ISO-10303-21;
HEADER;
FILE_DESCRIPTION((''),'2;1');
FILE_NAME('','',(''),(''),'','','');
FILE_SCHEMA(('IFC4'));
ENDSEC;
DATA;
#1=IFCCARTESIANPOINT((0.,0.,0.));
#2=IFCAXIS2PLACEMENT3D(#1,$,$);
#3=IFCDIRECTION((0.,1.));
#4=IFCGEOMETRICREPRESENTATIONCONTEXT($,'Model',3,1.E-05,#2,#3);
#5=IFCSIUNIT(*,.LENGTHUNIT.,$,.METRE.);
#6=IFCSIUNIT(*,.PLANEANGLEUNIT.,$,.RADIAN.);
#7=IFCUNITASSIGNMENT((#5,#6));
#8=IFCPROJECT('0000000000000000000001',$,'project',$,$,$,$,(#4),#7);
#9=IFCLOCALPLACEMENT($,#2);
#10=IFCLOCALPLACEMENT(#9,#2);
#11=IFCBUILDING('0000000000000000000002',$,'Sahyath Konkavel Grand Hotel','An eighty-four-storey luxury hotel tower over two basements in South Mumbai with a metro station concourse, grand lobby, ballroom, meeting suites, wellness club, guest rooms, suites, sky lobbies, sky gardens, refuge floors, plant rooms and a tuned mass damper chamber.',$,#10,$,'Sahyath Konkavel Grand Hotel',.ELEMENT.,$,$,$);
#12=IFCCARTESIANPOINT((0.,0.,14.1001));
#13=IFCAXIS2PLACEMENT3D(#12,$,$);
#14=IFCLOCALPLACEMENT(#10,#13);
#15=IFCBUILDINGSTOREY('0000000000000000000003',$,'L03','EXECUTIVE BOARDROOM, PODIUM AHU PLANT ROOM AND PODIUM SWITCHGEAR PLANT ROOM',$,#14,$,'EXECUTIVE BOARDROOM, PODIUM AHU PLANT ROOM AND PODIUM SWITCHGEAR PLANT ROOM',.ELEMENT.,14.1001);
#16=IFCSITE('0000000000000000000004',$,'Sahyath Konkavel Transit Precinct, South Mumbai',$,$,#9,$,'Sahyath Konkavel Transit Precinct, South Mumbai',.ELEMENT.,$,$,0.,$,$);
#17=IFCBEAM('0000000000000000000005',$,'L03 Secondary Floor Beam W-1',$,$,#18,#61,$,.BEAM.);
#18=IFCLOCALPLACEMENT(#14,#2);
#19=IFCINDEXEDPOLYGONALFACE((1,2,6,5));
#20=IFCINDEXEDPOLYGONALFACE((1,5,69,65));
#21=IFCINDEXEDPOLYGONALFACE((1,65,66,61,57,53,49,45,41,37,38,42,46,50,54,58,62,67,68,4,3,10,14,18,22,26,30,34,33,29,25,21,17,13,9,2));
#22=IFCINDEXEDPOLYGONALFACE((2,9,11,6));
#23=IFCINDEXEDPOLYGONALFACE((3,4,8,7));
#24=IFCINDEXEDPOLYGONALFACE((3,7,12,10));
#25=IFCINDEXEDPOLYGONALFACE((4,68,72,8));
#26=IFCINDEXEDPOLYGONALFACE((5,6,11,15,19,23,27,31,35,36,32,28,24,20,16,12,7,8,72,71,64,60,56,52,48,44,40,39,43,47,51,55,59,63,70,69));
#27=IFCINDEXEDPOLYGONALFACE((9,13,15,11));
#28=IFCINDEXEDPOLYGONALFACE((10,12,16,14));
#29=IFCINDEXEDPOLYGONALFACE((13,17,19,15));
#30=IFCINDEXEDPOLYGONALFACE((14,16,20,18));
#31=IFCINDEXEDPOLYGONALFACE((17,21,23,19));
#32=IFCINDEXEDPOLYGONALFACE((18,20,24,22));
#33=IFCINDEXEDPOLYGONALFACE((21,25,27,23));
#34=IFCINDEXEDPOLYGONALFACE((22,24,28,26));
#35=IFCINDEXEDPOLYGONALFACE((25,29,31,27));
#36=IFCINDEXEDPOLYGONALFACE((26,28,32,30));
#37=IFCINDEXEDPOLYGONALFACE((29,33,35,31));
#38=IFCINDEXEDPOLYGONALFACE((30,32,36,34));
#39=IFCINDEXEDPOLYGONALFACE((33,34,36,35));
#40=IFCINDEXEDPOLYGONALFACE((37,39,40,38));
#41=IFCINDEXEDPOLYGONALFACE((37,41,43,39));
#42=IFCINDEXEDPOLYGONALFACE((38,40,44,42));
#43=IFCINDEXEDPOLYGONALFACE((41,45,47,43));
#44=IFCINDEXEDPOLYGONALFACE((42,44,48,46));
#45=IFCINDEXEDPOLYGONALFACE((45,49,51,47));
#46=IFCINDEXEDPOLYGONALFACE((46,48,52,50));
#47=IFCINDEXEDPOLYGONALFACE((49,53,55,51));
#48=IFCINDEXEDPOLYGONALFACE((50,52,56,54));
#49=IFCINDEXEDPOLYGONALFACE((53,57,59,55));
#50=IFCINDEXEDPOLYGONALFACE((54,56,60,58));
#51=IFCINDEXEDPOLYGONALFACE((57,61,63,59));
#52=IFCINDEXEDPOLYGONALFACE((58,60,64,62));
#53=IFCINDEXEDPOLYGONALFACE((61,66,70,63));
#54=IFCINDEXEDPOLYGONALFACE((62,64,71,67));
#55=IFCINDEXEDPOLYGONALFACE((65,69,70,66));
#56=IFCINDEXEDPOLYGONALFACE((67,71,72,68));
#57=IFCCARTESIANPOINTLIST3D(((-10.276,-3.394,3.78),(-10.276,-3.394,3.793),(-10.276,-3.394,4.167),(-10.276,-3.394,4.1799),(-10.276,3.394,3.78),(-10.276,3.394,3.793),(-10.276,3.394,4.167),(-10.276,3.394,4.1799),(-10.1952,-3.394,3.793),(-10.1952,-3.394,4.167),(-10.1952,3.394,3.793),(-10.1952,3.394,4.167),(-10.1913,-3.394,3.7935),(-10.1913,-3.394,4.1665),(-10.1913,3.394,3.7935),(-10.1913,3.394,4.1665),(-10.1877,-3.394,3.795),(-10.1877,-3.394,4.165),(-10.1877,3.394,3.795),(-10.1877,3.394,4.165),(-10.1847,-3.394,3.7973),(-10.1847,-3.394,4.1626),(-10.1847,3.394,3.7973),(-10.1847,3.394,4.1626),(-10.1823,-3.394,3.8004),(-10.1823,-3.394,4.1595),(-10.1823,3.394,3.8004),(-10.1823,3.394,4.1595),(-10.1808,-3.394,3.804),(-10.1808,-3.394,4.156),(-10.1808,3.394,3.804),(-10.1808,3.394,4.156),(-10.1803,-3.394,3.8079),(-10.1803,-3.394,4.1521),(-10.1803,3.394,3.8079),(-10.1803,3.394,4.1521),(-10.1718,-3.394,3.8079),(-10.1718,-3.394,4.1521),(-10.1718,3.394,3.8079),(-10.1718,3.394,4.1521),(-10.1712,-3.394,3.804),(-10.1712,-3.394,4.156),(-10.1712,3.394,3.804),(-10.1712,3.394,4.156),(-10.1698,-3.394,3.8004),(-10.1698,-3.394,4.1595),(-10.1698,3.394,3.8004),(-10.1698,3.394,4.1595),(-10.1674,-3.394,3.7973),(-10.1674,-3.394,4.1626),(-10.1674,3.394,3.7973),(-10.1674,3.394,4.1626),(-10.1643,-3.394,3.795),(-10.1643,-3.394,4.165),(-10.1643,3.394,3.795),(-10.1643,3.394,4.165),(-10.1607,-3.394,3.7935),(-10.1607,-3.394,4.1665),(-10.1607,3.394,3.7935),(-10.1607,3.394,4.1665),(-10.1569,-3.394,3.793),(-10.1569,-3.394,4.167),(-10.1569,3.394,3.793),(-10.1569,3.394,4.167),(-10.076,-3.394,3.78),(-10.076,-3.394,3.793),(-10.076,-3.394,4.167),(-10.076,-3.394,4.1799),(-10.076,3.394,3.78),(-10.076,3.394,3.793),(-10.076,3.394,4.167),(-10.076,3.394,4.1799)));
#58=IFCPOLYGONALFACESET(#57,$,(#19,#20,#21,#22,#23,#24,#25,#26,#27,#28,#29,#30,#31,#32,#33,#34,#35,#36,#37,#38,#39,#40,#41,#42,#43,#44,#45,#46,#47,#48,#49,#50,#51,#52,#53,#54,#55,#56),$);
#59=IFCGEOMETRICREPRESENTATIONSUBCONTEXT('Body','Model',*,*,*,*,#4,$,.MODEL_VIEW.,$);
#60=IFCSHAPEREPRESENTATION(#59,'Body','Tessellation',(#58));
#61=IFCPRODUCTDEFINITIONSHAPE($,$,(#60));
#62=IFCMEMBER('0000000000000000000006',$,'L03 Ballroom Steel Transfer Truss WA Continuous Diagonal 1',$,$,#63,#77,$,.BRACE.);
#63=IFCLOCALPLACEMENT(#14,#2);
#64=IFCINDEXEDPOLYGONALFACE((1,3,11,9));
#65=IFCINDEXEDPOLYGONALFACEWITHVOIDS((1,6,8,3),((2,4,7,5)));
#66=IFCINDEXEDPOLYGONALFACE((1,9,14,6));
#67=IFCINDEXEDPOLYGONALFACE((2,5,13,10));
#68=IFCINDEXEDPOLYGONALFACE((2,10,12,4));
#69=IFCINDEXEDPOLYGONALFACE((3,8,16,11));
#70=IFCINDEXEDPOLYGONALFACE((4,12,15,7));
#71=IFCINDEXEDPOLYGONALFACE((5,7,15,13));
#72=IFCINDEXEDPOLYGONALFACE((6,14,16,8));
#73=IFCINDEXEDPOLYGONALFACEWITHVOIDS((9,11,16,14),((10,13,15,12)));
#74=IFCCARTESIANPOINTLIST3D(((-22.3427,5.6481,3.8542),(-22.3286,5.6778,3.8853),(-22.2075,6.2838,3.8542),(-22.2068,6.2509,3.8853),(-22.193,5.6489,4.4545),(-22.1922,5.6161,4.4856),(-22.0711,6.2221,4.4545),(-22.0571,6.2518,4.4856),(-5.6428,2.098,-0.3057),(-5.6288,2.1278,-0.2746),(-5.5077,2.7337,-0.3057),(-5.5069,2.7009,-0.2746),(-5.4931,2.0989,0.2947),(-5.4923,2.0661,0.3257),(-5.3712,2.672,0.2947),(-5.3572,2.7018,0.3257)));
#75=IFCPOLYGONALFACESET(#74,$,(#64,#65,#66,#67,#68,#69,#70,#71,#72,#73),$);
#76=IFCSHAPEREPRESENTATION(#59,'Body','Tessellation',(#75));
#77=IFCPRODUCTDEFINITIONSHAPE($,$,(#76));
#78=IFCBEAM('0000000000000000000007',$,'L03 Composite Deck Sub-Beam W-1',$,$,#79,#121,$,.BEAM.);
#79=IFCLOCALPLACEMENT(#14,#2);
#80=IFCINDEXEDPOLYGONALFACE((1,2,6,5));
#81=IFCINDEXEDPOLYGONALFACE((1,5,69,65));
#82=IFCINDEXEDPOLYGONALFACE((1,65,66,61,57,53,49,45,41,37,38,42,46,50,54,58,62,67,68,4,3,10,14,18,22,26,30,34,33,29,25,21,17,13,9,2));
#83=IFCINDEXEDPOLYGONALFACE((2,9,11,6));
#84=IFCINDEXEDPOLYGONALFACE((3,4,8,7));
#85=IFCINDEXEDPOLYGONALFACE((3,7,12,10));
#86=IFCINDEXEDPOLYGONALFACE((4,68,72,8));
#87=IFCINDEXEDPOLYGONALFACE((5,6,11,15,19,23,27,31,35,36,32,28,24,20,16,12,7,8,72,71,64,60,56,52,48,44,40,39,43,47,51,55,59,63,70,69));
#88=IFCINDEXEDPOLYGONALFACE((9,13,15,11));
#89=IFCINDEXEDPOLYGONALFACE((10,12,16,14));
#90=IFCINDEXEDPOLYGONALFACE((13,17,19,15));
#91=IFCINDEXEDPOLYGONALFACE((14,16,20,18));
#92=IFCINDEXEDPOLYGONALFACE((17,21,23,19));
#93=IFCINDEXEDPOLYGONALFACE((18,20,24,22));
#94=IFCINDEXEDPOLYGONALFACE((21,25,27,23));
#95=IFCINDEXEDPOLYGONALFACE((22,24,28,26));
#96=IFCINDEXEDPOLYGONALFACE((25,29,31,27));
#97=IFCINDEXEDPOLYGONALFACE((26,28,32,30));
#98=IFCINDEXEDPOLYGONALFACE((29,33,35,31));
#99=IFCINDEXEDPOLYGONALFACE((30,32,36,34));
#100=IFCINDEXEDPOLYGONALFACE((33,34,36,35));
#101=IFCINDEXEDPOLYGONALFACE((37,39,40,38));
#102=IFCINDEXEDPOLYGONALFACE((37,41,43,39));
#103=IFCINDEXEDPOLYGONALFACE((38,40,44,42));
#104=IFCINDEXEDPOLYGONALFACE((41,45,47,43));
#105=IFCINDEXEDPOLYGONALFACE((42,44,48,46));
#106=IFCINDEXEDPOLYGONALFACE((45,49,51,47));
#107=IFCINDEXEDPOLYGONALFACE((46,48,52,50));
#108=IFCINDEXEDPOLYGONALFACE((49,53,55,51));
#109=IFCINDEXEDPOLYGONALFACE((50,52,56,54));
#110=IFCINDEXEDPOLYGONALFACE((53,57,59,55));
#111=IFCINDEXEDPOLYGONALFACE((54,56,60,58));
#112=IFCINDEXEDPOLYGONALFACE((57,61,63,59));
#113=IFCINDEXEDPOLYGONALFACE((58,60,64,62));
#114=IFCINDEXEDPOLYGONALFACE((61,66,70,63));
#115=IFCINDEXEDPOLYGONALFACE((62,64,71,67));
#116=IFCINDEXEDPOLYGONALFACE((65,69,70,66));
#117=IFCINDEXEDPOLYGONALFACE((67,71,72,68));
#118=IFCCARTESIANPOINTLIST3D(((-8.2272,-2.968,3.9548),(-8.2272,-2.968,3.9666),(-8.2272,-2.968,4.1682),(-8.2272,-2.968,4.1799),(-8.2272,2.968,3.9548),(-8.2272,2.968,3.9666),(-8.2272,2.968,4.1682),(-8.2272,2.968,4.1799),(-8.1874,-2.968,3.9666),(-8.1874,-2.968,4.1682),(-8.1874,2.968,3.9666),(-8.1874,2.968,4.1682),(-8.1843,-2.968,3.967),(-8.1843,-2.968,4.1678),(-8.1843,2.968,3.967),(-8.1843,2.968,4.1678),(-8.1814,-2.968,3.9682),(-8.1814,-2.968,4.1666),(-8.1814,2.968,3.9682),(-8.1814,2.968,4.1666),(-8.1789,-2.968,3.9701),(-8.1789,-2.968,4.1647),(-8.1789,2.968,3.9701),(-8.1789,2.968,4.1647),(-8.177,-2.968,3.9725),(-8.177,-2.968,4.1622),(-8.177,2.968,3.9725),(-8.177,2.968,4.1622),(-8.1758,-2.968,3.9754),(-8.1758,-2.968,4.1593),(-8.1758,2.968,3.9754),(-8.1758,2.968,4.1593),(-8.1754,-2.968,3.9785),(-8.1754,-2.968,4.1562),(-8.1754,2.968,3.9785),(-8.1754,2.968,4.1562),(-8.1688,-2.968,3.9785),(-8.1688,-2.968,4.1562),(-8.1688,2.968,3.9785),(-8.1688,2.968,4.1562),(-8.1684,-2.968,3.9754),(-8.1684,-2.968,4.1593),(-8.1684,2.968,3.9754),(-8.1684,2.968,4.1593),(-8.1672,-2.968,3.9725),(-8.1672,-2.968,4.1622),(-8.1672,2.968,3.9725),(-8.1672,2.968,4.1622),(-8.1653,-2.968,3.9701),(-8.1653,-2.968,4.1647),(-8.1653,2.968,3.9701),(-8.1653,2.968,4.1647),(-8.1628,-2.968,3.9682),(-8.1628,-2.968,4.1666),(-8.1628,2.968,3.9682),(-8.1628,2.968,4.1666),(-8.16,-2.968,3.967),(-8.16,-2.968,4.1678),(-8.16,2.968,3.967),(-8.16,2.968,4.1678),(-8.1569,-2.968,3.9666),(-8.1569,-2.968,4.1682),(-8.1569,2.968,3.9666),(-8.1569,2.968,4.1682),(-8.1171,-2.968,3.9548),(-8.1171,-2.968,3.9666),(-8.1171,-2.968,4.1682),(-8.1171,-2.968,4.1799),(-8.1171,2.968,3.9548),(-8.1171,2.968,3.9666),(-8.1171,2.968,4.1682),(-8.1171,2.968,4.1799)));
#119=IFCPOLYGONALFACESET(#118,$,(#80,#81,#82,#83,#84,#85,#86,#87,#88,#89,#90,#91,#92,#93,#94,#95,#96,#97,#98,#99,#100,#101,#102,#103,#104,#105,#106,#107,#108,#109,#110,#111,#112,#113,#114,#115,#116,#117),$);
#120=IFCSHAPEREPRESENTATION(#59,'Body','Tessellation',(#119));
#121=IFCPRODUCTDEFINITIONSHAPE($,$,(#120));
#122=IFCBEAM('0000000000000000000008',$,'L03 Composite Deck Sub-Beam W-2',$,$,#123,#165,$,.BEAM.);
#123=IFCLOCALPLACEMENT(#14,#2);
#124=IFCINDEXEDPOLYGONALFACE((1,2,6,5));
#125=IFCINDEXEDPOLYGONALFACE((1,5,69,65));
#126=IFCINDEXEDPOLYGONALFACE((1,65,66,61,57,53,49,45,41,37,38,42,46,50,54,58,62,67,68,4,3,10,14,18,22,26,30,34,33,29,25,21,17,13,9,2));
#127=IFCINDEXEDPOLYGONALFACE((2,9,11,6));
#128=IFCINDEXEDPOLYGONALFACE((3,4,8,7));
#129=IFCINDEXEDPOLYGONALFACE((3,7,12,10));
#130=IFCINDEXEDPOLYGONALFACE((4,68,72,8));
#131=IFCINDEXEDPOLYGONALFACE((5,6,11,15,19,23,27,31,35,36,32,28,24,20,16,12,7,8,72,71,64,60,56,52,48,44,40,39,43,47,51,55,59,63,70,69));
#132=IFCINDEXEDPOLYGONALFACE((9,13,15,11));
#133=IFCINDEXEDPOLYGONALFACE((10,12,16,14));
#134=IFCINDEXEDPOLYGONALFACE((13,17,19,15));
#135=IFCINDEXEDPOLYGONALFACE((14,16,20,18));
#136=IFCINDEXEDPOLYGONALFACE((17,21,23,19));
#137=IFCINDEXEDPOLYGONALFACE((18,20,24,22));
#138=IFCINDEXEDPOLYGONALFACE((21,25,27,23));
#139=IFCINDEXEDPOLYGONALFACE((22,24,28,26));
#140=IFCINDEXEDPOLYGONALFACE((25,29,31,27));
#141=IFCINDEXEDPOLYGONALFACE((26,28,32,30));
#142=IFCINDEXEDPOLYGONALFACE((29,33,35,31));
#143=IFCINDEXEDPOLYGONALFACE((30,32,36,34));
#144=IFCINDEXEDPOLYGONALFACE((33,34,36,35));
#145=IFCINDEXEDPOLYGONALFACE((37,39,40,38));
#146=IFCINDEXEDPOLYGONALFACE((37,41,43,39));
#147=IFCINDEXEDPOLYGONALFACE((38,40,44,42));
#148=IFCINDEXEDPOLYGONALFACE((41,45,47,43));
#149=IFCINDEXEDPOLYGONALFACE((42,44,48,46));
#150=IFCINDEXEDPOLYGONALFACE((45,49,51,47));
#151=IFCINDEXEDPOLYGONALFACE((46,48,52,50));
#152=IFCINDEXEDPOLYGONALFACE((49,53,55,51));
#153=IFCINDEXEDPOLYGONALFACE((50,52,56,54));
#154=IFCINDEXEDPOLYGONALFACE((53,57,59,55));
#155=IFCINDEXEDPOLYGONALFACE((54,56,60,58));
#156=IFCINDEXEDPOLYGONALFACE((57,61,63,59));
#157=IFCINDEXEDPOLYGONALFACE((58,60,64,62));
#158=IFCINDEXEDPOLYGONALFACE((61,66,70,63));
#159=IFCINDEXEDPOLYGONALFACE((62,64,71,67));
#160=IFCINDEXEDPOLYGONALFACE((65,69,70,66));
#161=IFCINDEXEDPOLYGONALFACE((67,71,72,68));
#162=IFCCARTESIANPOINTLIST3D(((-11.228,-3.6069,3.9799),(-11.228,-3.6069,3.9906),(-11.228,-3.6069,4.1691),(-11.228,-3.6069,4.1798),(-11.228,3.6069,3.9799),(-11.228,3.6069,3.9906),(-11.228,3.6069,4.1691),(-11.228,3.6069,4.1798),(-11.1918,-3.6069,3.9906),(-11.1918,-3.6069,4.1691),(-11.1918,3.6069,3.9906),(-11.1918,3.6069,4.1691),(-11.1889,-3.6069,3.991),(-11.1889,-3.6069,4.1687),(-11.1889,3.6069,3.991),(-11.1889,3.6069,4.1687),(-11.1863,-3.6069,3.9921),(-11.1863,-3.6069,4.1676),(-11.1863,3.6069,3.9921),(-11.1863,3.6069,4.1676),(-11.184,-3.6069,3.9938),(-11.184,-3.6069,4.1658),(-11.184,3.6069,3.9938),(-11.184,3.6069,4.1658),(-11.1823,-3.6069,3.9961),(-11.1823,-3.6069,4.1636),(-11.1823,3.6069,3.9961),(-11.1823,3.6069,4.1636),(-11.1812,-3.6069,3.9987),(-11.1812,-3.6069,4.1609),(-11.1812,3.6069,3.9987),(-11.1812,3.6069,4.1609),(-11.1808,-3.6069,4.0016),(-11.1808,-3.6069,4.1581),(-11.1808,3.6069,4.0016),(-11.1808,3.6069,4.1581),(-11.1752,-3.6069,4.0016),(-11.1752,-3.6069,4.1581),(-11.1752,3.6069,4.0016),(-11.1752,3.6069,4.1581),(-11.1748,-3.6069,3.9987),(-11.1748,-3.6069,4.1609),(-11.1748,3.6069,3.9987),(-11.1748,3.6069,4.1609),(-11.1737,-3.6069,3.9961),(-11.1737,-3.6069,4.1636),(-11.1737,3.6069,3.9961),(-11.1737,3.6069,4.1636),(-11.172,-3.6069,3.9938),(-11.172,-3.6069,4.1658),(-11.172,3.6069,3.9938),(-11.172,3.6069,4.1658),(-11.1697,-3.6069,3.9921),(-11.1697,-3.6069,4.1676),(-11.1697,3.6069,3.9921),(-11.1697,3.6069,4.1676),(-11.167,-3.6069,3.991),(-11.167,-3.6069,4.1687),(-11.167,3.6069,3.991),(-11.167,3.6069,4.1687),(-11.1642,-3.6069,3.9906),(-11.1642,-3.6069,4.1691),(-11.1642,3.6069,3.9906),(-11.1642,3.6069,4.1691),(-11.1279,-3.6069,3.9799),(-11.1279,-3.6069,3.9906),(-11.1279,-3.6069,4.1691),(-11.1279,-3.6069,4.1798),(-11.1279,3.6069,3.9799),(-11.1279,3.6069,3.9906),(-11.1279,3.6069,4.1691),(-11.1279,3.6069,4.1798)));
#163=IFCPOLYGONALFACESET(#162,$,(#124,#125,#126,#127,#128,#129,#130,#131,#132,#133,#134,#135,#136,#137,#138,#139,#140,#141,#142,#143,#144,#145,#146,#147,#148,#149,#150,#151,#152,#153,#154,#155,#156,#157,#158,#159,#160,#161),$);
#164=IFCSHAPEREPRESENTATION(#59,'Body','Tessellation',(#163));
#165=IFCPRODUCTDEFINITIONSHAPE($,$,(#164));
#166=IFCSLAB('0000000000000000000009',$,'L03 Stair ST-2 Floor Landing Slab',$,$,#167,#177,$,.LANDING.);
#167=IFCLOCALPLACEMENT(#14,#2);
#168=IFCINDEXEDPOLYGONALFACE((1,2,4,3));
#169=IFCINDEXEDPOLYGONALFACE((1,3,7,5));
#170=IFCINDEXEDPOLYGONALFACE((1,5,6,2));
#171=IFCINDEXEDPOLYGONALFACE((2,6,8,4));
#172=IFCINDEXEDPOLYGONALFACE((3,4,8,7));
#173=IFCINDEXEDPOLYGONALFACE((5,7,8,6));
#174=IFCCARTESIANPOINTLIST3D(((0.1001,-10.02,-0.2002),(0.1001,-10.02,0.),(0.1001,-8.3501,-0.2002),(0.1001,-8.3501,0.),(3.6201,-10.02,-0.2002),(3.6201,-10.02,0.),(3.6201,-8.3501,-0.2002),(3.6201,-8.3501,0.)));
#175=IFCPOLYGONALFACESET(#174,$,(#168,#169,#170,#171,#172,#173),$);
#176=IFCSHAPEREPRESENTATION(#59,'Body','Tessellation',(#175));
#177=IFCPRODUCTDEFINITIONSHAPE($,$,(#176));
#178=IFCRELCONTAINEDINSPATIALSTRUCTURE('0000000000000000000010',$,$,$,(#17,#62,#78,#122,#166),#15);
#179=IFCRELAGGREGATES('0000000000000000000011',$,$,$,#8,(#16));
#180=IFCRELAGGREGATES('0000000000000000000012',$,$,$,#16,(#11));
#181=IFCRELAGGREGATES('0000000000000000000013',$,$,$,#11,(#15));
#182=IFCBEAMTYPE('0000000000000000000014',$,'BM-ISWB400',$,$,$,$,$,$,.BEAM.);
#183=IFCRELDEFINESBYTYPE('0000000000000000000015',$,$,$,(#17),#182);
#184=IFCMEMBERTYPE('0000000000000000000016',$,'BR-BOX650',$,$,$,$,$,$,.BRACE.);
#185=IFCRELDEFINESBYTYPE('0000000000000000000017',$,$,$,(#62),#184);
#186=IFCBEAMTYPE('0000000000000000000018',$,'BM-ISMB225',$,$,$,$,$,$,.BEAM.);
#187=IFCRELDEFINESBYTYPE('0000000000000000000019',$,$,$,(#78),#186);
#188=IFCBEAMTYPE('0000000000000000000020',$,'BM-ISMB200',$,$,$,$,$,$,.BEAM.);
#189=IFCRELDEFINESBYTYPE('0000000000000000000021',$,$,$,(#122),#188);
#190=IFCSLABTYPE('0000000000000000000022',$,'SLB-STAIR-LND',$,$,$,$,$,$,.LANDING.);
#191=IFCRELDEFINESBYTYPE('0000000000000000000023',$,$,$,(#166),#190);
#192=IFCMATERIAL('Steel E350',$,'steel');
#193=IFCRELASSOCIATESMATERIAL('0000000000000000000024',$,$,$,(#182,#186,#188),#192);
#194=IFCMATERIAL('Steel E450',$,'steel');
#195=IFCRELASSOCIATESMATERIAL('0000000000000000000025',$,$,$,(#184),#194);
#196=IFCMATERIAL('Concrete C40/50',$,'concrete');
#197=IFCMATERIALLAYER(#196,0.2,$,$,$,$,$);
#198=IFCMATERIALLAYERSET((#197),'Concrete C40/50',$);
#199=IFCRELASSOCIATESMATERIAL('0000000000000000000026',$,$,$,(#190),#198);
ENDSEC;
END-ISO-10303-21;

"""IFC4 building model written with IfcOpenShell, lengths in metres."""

from ifc_helpers import new_model, si_unit, direction, frame, origin, origin_2d, place, context, subcontext, project, spatial, polyline, hollow_rectangle, i_section, outline, extrude, source, transform, mapped, material, layer, layer_set, material_profile, profile_set, type_object, element, save


model = new_model("IFC4")

# Units and contexts
model_context = context("Model", 3, precision=1e-05, world=origin(), true_north=direction((0.0, 1.0)))
body_context = subcontext(model_context, "Body", "Model", "MODEL_VIEW")
ifc_project = project(units=[si_unit("LENGTHUNIT", "METRE"), si_unit("PLANEANGLEUNIT", "RADIAN")], contexts=[model_context])

# Site, building, storey
site_placement = place(None, origin())
site = spatial("IfcSite", under=ifc_project, at=site_placement, Name="Sahyath Konkavel Transit Precinct, South Mumbai", LongName="Sahyath Konkavel Transit Precinct, South Mumbai", CompositionType="ELEMENT", RefElevation=0.0)
building_placement = place(site_placement, origin())
building = spatial("IfcBuilding", under=site, at=building_placement, Name="Sahyath Konkavel Grand Hotel", Description="An eighty-four-storey luxury hotel tower over two basements in South Mumbai with a metro station concourse, grand lobby, ballroom, meeting suites, wellness club, guest rooms, suites, sky lobbies, sky gardens, refuge floors, plant rooms and a tuned mass damper chamber.", LongName="Sahyath Konkavel Grand Hotel", CompositionType="ELEMENT")
storey_placement = place(building_placement, frame((0.0, 0.0, 14.1001)))
storey = spatial("IfcBuildingStorey", under=building, at=storey_placement, Name="L03", Description="EXECUTIVE BOARDROOM, PODIUM AHU PLANT ROOM AND PODIUM SWITCHGEAR PLANT ROOM", LongName="EXECUTIVE BOARDROOM, PODIUM AHU PLANT ROOM AND PODIUM SWITCHGEAR PLANT ROOM", CompositionType="ELEMENT", Elevation=14.1001)

# Beam
ifc_material_1 = material(Name="Steel E350", Category="steel")
ifc_material_2 = material(Name="Steel E450", Category="steel")
ifc_material_profile_1 = material_profile(ifc_material_1, i_section(OverallWidth=0.2, OverallDepth=0.3999, WebThickness=0.0085, FlangeThickness=0.0129, FilletRadius=0.0149, at=origin_2d()), Name="ISWB 400")
ifc_profile_set_1 = profile_set([ifc_material_profile_1], Name="Steel E350")
beam_type_1 = type_object("IfcBeamType", Name="BM-ISWB400", PredefinedType="BEAM", material=ifc_profile_set_1)
shared_shape_1 = source(origin(), body_context, "Body", "SweptSolid", [
    extrude(i_section(OverallWidth=0.2, OverallDepth=0.3999, WebThickness=0.0085, FlangeThickness=0.0129, FilletRadius=0.0149, at=origin_2d()), origin(), (0.0, 0.0, 1.0), 6.7881),
])
beam_1_placement = place(storey_placement, frame((-10.176, 3.394, 3.98), z_axis=(0.0, -1.0, 0.0), x_axis=(1.0, 0.0, 0.0)))
element("IfcBeam", 1, at=beam_1_placement, inside=storey, type_object=beam_type_1, Name="L03 Secondary Floor Beam W-1", PredefinedType="BEAM", context=body_context, shape_type="MappedRepresentation", body=[
    mapped(shared_shape_1, transform((0.0, 0.0, 0.0), scale=1.0)),
])

# Member
ifc_material_profile_2 = material_profile(ifc_material_2, hollow_rectangle(XDim=0.6499, YDim=0.6499, WallThickness=0.032, at=origin_2d()), Name="BOX 650x650x32")
ifc_profile_set_2 = profile_set([ifc_material_profile_2], Name="Steel E450")
member_type = type_object("IfcMemberType", Name="BR-BOX650", PredefinedType="BRACE", material=ifc_profile_set_2)
shared_shape_2 = source(origin(), body_context, "Body", "SweptSolid", [
    extrude(hollow_rectangle(XDim=0.6499, YDim=0.6499, WallThickness=0.032, at=origin_2d()), origin(), (0.0, 0.0, 1.0), 17.5725),
])
member_placement = place(storey_placement, frame((-5.5, 2.3999, 0.01), z_axis=(-0.950341, 0.202022, 0.236727), x_axis=(-0.207932, -0.978143, 0.0)))
element("IfcMember", 2, at=member_placement, inside=storey, type_object=member_type, Name="L03 Ballroom Steel Transfer Truss WA Continuous Diagonal 1", PredefinedType="BRACE", context=body_context, shape_type="MappedRepresentation", body=[
    mapped(shared_shape_2, transform((0.0, 0.0, 0.0), scale=1.0)),
])

# Beams
ifc_material_profile_3 = material_profile(ifc_material_1, i_section(OverallWidth=0.1101, OverallDepth=0.2251, WebThickness=0.0066, FlangeThickness=0.0117, FilletRadius=0.012, at=origin_2d()), Name="ISMB 225")
ifc_profile_set_3 = profile_set([ifc_material_profile_3], Name="Steel E350")
beam_type_2 = type_object("IfcBeamType", Name="BM-ISMB225", PredefinedType="BEAM", material=ifc_profile_set_3)
shared_shape_3 = source(origin(), body_context, "Body", "SweptSolid", [
    extrude(i_section(OverallWidth=0.1101, OverallDepth=0.2251, WebThickness=0.0066, FlangeThickness=0.0117, FilletRadius=0.012, at=origin_2d()), origin(), (0.0, 0.0, 1.0), 5.936),
])
beam_2_placement = place(storey_placement, frame((-8.1721, 2.968, 4.0674), z_axis=(0.0, -1.0, 0.0), x_axis=(1.0, 0.0, 0.0)))
element("IfcBeam", 3, at=beam_2_placement, inside=storey, type_object=beam_type_2, Name="L03 Composite Deck Sub-Beam W-1", PredefinedType="BEAM", context=body_context, shape_type="MappedRepresentation", body=[
    mapped(shared_shape_3, transform((0.0, 0.0, 0.0), scale=1.0)),
])
ifc_material_profile_4 = material_profile(ifc_material_1, i_section(OverallWidth=0.1001, OverallDepth=0.2, WebThickness=0.0056, FlangeThickness=0.0107, FilletRadius=0.011, at=origin_2d()), Name="ISMB 200")
ifc_profile_set_4 = profile_set([ifc_material_profile_4], Name="Steel E350")
beam_type_3 = type_object("IfcBeamType", Name="BM-ISMB200", PredefinedType="BEAM", material=ifc_profile_set_4)
shared_shape_4 = source(origin(), body_context, "Body", "SweptSolid", [
    extrude(i_section(OverallWidth=0.1001, OverallDepth=0.2, WebThickness=0.0056, FlangeThickness=0.0107, FilletRadius=0.011, at=origin_2d()), origin(), (0.0, 0.0, 1.0), 7.2139),
])
beam_3_placement = place(storey_placement, frame((-11.178, 3.6069, 4.0798), z_axis=(0.0, -1.0, 0.0), x_axis=(1.0, 0.0, 0.0)))
element("IfcBeam", 4, at=beam_3_placement, inside=storey, type_object=beam_type_3, Name="L03 Composite Deck Sub-Beam W-2", PredefinedType="BEAM", context=body_context, shape_type="MappedRepresentation", body=[
    mapped(shared_shape_4, transform((0.0, 0.0, 0.0), scale=1.0)),
])

# Slab
ifc_material_3 = material(Name="Concrete C40/50", Category="concrete")
ifc_layer_1 = layer(ifc_material_3, 0.2)
ifc_layer_set_1 = layer_set([ifc_layer_1], Name="Concrete C40/50")
slab_type = type_object("IfcSlabType", Name="SLB-STAIR-LND", PredefinedType="LANDING", material=ifc_layer_set_1)
slab_1_placement = place(storey_placement, frame((0.0, 0.0, -0.2002)))
element("IfcSlab", 5, at=slab_1_placement, inside=storey, type_object=slab_type, Name="L03 Stair ST-2 Floor Landing Slab", PredefinedType="LANDING", context=body_context, shape_type="SweptSolid", body=[
    extrude(outline(polyline([(0.1001, -10.02), (3.6201, -10.02), (3.6201, -8.3501), (0.1001, -8.3501), (0.1001, -10.02)])), origin(), (0.0, 0.0, 1.0), 0.2002),
])

save(model, "model.ifc")
